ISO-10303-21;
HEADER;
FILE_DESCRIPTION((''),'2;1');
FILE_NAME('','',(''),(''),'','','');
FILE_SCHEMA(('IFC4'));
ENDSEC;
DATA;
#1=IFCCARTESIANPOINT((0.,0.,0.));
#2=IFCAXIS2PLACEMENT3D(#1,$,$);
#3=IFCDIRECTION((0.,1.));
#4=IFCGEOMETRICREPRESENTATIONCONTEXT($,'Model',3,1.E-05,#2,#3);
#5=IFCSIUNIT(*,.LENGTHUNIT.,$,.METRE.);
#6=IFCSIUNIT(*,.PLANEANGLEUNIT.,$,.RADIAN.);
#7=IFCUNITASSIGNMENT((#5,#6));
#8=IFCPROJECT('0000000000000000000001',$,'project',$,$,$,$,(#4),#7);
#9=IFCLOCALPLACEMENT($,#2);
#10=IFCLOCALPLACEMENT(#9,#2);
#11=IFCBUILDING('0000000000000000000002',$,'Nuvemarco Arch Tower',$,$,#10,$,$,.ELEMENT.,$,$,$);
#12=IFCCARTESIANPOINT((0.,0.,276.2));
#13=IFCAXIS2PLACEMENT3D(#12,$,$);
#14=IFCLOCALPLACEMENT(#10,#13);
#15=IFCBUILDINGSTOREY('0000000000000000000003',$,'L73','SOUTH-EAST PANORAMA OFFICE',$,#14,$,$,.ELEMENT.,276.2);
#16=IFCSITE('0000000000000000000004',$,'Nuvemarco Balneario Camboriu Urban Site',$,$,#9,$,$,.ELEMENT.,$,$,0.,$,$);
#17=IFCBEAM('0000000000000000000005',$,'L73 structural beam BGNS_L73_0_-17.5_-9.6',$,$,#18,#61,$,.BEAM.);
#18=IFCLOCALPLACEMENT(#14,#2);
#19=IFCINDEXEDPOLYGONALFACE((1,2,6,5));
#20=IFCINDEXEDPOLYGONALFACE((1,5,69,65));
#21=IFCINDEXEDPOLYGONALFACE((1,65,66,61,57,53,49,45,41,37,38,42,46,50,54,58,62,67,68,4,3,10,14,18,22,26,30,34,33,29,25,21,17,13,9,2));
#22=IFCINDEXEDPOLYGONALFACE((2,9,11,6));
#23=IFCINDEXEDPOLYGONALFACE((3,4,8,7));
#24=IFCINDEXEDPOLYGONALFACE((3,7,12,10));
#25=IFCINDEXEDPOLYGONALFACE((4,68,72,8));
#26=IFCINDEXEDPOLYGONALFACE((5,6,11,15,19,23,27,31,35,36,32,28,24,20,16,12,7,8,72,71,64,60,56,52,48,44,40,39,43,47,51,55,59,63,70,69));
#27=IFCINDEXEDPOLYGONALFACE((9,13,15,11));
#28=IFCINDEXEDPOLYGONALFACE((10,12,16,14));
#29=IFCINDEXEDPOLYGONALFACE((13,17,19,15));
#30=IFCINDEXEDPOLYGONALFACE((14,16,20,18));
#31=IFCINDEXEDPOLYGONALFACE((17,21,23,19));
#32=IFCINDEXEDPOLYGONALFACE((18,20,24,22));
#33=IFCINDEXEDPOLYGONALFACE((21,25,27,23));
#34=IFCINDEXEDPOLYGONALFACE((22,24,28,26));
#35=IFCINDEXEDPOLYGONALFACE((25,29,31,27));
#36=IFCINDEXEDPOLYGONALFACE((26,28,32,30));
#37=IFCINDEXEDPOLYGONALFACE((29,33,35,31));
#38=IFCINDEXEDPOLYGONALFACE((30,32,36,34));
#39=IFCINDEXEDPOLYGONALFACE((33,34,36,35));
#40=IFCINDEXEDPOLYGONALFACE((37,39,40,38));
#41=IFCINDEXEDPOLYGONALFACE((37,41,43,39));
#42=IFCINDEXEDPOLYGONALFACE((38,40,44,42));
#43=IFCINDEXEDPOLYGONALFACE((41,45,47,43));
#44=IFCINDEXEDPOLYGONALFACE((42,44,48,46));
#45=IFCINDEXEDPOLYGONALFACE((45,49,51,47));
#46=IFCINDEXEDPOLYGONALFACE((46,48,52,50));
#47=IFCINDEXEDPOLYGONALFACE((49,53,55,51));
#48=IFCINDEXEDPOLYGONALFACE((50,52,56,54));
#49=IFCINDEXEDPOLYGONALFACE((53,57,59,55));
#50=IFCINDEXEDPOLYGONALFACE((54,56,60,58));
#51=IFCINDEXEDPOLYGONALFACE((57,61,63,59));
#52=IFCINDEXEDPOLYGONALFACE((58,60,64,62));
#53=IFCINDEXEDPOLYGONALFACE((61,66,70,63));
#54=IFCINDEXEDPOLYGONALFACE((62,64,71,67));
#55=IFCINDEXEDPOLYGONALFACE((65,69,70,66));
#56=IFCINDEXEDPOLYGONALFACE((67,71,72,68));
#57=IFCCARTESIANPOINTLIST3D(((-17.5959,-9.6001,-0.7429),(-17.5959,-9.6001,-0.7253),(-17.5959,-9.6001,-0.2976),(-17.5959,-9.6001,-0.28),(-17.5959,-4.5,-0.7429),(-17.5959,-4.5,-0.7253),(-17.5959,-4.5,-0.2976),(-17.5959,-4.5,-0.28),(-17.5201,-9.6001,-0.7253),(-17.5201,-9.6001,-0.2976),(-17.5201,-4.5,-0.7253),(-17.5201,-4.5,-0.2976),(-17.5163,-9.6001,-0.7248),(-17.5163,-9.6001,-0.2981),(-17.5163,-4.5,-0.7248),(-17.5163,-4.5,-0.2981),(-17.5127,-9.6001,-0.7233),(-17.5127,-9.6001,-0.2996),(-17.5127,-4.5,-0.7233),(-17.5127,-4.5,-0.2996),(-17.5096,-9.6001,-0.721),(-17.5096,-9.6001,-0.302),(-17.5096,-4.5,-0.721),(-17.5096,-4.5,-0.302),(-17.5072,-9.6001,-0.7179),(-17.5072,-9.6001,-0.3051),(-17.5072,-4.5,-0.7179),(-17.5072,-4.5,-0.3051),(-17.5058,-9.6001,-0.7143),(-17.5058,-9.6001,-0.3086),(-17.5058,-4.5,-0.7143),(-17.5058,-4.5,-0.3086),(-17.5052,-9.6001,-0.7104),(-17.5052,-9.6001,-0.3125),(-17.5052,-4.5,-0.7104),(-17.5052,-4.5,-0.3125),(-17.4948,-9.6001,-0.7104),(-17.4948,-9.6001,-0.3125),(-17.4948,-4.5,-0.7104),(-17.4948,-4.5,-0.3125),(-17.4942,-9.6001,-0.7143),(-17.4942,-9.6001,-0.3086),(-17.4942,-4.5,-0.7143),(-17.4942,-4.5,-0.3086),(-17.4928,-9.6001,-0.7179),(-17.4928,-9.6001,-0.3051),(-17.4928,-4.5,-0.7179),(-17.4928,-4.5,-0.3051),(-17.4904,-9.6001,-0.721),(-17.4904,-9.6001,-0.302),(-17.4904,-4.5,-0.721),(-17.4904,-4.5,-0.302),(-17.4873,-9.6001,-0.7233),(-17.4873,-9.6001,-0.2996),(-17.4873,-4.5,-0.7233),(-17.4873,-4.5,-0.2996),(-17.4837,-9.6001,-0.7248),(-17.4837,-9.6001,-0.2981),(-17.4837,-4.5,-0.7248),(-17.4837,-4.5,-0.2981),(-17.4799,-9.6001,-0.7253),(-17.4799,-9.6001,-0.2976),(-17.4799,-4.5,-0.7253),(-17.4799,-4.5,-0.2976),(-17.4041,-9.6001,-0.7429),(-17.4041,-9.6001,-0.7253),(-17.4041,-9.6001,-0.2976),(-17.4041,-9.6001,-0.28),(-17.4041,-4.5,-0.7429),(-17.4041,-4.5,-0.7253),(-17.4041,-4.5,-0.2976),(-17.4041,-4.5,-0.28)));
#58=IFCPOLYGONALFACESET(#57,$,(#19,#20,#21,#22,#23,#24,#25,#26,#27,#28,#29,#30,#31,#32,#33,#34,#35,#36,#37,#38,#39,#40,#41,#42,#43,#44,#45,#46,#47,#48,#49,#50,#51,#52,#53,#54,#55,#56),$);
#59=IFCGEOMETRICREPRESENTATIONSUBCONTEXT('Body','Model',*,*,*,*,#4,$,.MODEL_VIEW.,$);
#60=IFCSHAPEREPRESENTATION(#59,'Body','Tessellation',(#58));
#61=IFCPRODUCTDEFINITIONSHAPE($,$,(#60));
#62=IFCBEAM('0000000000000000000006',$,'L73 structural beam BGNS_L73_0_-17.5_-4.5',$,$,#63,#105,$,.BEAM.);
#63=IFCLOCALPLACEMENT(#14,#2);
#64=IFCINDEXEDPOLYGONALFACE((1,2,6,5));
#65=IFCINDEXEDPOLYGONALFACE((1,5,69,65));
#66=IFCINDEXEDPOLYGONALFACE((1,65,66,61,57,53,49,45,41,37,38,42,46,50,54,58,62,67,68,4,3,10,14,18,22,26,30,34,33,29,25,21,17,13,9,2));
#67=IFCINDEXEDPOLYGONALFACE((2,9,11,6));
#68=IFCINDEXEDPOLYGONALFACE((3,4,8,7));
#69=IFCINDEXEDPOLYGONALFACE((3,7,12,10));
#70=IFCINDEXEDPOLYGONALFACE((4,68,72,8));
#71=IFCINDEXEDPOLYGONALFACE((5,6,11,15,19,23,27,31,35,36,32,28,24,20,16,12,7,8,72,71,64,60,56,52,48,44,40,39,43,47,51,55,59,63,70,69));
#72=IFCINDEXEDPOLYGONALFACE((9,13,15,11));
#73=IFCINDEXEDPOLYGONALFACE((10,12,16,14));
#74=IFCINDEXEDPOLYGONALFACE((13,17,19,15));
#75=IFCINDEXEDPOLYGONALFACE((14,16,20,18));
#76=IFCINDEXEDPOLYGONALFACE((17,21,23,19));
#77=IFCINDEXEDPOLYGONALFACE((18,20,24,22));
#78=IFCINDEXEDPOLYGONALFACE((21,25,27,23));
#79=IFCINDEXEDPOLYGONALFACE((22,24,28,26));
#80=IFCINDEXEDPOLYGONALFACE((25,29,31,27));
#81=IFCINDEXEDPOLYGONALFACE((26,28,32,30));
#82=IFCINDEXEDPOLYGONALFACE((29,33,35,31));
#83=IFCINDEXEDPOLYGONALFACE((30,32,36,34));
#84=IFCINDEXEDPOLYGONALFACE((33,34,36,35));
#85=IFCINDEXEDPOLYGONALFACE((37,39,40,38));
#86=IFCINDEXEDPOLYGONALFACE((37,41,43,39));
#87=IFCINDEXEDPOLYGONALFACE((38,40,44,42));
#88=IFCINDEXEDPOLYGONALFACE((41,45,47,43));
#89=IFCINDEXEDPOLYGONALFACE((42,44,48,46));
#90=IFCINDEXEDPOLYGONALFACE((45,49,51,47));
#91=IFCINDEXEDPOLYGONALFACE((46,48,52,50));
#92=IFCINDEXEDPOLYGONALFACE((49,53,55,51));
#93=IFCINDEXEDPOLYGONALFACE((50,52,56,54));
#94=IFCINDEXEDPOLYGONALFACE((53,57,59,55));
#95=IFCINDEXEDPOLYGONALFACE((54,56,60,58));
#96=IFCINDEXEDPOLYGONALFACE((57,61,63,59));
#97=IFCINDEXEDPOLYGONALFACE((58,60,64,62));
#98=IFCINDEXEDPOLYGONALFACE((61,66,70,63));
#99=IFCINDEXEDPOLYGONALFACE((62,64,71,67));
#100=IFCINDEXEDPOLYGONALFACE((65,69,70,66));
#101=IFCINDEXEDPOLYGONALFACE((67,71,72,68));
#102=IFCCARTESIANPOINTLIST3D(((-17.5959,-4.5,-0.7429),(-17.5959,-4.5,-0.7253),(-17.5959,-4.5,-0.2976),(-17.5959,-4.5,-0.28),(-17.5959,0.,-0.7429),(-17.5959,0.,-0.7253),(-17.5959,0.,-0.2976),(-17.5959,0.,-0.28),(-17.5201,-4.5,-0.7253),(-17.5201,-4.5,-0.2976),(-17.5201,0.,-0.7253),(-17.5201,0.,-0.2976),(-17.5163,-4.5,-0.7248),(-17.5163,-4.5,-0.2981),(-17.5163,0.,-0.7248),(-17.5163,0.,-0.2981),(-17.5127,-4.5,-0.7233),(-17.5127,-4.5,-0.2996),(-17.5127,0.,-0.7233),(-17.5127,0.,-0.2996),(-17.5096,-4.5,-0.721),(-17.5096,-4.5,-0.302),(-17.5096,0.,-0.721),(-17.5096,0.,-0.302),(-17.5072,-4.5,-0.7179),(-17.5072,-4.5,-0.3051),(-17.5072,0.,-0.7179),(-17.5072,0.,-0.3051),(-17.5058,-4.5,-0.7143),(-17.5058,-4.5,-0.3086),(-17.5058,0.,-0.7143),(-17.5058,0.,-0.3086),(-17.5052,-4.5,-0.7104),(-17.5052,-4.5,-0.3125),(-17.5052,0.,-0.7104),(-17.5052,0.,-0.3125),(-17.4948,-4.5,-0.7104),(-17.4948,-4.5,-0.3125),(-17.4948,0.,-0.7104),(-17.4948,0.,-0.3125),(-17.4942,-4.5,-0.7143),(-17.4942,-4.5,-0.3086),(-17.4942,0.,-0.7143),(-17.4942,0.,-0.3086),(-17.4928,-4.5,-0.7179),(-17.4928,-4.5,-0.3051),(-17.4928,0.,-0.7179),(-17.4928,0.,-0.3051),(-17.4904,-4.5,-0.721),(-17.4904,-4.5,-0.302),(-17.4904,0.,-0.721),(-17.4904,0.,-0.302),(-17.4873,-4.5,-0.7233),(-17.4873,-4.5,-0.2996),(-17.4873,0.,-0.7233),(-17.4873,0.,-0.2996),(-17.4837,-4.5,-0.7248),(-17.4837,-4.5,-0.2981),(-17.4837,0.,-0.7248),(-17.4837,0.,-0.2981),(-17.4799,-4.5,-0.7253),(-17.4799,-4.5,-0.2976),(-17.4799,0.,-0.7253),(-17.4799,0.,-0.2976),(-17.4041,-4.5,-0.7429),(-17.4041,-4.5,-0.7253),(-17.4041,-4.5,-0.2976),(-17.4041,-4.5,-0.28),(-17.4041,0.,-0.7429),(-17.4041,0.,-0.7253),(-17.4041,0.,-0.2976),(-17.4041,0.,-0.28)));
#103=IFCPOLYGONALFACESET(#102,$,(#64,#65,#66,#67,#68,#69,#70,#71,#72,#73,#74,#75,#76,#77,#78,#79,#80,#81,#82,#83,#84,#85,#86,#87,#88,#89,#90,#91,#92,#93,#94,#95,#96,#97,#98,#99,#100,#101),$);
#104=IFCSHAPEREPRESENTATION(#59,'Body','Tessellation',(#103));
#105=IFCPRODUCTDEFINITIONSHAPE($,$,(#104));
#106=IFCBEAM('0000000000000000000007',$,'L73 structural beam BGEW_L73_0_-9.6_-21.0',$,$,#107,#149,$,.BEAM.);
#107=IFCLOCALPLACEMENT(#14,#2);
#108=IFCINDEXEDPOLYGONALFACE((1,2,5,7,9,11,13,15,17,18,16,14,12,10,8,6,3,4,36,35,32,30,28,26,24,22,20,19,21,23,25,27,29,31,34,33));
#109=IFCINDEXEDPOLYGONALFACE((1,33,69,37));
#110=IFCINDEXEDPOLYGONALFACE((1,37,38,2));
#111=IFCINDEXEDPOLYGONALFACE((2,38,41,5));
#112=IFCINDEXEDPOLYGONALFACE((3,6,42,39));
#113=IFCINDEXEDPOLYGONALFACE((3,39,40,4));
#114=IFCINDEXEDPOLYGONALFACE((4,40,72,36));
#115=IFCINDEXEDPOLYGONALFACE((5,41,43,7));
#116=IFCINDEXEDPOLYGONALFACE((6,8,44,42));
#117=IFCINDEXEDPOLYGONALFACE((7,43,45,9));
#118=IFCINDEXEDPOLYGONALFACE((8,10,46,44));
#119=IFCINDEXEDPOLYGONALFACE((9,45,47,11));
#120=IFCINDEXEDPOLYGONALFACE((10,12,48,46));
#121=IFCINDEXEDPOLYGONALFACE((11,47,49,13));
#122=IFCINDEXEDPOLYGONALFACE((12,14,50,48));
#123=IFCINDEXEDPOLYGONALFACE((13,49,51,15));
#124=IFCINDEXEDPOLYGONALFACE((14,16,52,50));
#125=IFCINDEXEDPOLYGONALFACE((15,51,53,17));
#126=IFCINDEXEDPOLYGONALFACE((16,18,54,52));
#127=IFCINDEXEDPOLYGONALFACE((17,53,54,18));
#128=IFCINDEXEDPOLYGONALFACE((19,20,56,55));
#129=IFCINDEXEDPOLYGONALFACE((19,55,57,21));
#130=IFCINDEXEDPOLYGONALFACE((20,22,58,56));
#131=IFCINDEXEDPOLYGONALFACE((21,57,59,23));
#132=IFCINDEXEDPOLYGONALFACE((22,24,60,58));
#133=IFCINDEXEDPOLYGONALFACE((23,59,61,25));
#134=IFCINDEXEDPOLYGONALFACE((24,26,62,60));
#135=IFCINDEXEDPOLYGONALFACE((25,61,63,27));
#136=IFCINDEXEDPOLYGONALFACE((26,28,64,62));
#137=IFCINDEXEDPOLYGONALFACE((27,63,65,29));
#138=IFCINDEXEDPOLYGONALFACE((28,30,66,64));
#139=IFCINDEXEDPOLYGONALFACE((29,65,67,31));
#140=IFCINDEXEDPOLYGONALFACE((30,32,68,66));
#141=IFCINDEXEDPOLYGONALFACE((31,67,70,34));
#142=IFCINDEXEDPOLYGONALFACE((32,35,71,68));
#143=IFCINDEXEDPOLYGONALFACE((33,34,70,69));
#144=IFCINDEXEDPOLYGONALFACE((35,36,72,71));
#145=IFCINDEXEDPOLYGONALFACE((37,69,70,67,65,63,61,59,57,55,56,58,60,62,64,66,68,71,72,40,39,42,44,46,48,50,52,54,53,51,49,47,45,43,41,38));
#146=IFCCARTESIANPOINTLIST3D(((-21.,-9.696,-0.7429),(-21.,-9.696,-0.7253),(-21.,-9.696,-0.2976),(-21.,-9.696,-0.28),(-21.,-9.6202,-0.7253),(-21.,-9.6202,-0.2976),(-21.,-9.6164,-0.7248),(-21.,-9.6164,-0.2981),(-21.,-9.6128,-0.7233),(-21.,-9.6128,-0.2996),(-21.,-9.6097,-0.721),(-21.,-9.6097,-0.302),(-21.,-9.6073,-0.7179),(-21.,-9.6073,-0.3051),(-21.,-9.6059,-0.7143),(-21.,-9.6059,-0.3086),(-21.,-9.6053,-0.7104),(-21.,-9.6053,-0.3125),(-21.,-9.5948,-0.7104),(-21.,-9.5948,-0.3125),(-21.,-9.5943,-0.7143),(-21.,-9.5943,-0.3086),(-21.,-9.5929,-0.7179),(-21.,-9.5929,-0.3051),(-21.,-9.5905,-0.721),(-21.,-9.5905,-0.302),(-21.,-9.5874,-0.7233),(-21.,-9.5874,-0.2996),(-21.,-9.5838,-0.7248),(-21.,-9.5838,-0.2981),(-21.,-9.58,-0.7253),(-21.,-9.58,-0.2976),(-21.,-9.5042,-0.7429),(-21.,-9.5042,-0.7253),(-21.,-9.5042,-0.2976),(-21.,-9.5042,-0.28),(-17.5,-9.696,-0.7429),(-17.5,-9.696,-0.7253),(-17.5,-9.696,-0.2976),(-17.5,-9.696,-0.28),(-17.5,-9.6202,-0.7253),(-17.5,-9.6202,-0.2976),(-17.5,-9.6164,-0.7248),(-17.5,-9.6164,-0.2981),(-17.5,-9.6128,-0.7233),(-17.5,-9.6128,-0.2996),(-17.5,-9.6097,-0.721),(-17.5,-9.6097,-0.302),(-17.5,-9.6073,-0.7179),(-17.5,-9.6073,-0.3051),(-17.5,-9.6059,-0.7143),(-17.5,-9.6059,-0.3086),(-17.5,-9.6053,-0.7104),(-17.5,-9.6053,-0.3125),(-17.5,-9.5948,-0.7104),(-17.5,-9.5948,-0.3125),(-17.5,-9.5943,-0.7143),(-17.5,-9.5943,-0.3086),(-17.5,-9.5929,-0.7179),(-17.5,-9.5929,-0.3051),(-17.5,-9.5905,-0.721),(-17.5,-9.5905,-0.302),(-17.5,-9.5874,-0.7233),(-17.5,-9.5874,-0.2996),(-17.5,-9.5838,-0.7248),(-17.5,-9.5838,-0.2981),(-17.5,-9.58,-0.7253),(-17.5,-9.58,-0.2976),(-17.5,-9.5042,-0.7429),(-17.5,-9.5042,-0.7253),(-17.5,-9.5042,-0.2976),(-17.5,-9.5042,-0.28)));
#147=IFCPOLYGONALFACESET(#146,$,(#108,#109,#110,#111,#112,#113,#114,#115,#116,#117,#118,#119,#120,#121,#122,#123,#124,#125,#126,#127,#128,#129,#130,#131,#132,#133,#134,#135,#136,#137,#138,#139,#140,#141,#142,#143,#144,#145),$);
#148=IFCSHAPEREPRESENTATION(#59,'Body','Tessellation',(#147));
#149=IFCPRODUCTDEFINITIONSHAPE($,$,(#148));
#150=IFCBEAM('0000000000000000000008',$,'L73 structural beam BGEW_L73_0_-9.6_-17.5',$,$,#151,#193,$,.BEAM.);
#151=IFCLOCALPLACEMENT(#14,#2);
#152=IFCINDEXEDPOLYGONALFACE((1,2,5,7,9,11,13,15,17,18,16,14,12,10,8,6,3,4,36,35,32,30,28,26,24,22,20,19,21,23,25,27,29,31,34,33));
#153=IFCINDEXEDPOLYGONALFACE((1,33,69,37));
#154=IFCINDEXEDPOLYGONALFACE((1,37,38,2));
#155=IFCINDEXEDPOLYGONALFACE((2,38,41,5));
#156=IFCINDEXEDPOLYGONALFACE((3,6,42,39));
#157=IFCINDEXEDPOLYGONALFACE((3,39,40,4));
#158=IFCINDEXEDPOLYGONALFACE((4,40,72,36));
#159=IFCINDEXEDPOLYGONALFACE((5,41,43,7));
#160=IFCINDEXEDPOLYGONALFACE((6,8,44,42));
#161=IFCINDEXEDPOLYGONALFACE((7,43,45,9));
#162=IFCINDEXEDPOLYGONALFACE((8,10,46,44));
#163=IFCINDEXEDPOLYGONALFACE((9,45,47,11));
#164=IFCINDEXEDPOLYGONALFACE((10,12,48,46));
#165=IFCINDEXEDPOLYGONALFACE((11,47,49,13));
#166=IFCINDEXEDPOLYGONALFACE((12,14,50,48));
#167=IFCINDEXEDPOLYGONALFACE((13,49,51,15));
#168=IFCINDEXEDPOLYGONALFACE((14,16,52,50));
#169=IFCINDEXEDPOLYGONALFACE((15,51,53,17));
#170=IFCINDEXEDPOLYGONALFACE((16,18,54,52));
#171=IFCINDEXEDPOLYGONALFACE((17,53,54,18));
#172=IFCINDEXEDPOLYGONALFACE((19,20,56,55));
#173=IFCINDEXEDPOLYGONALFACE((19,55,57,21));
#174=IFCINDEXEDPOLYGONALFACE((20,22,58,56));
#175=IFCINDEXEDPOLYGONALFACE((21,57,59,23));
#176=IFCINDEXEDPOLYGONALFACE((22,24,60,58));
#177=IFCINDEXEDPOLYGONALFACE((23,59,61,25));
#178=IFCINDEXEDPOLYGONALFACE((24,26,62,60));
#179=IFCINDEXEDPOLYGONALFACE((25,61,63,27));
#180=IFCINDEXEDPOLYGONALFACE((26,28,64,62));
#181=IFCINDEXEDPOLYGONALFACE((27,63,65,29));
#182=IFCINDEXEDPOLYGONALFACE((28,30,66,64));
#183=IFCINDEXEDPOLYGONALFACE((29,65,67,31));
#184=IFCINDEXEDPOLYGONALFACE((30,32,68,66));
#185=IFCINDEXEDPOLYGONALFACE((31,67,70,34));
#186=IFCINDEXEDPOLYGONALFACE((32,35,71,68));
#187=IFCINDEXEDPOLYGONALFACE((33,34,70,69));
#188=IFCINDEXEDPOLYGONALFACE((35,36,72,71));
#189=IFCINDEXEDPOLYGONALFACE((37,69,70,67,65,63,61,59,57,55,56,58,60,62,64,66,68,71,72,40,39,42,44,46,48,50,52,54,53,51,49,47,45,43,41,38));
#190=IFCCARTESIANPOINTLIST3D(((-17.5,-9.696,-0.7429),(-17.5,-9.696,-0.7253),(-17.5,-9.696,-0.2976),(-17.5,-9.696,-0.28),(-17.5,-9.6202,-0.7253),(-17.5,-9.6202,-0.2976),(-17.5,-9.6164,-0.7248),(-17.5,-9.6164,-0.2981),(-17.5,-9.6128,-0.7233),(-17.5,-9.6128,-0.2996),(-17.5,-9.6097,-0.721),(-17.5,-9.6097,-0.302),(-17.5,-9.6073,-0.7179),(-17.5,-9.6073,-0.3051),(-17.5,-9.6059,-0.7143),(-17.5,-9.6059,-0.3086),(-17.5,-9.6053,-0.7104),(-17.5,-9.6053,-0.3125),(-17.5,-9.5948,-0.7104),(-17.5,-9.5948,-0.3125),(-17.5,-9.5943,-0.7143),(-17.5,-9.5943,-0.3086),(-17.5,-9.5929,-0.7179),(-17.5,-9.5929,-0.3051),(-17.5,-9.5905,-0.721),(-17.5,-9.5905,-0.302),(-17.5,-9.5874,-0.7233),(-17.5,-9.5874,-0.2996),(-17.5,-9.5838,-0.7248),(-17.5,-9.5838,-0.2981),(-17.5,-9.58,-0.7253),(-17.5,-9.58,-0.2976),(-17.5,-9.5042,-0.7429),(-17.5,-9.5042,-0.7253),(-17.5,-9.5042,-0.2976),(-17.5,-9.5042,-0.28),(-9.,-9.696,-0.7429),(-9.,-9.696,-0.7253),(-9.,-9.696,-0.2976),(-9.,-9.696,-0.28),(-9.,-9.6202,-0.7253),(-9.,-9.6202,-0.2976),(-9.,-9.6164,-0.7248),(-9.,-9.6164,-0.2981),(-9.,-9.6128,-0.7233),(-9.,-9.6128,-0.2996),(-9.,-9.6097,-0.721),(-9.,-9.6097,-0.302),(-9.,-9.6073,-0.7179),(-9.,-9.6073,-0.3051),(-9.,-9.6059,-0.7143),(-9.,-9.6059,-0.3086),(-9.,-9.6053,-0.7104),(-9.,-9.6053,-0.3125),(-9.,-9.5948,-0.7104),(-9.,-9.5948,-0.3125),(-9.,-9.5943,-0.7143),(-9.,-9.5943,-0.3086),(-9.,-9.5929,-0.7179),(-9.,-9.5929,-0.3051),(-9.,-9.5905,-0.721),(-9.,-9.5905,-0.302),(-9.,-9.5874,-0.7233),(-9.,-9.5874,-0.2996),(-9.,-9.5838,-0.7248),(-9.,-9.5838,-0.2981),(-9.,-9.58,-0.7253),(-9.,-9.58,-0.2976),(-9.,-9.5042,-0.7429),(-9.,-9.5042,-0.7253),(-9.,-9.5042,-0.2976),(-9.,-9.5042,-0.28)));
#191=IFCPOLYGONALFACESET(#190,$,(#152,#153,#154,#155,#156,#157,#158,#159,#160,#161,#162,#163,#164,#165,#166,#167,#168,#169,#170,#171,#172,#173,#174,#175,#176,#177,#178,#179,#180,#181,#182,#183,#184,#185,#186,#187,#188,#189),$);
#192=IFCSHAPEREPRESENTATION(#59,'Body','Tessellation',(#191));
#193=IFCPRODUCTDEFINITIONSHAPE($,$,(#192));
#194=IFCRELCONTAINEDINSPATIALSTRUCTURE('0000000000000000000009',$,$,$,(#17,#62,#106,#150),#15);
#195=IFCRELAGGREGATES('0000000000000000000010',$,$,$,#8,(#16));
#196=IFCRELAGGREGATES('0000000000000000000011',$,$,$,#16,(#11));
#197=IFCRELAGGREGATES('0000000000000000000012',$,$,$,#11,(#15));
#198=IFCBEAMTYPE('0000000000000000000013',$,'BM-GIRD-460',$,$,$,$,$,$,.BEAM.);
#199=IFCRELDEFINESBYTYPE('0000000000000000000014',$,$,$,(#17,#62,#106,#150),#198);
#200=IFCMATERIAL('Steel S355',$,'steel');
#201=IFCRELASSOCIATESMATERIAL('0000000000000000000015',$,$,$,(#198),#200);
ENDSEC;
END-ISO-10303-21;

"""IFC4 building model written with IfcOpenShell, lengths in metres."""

from ifc_helpers import new_model, si_unit, direction, frame, origin, origin_2d, place, context, subcontext, project, spatial, i_section, extrude, material, material_profile, profile_set, type_object, element, save


model = new_model("IFC4")

# Units and contexts
model_context = context("Model", 3, precision=1e-05, world=origin(), true_north=direction((0.0, 1.0)))
body_context = subcontext(model_context, "Body", "Model", "MODEL_VIEW")
ifc_project = project(units=[si_unit("LENGTHUNIT", "METRE"), si_unit("PLANEANGLEUNIT", "RADIAN")], contexts=[model_context])

# Site, building, storey
site_placement = place(None, origin())
site = spatial("IfcSite", under=ifc_project, at=site_placement, Name="Nuvemarco Balneario Camboriu Urban Site", CompositionType="ELEMENT", RefElevation=0.0)
building_placement = place(site_placement, origin())
building = spatial("IfcBuilding", under=site, at=building_placement, Name="Nuvemarco Arch Tower", CompositionType="ELEMENT")
storey_placement = place(building_placement, frame((0.0, 0.0, 276.2)))
storey = spatial("IfcBuildingStorey", under=building, at=storey_placement, Name="L73", Description="SOUTH-EAST PANORAMA OFFICE", CompositionType="ELEMENT", Elevation=276.2)

# Shared definitions
ifc_material_1 = material(Name="Steel S355", Category="steel")

# Beams
ifc_material_profile_1 = material_profile(ifc_material_1, i_section(OverallWidth=0.1919, OverallDepth=0.4629, WebThickness=0.0105, FlangeThickness=0.0176, FilletRadius=0.0149, at=origin_2d()), Name="W460x89")
ifc_profile_set_1 = profile_set([ifc_material_profile_1], Name="Steel S355")
beam_type_1 = type_object("IfcBeamType", Name="BM-GIRD-460", PredefinedType="BEAM", material=ifc_profile_set_1)
beam_1_placement = place(storey_placement, frame((-17.5, -9.6001, -0.5115), z_axis=(0.0, 1.0, 0.0), x_axis=(-1.0, 0.0, 0.0)))
element("IfcBeam", 1, at=beam_1_placement, inside=storey, type_object=beam_type_1, Name="L73 structural beam BGNS_L73_0_-17.5_-9.6", PredefinedType="BEAM", context=body_context, shape_type="SweptSolid", body=[
    extrude(i_section(OverallWidth=0.1919, OverallDepth=0.4629, WebThickness=0.0105, FlangeThickness=0.0176, FilletRadius=0.0149, at=origin_2d()), origin(), (0.0, 0.0, 1.0), 5.1001),
])
beam_2_placement = place(storey_placement, frame((-17.5, -4.5, -0.5115), z_axis=(0.0, 1.0, 0.0), x_axis=(-1.0, 0.0, 0.0)))
element("IfcBeam", 2, at=beam_2_placement, inside=storey, type_object=beam_type_1, Name="L73 structural beam BGNS_L73_0_-17.5_-4.5", PredefinedType="BEAM", context=body_context, shape_type="SweptSolid", body=[
    extrude(i_section(OverallWidth=0.1919, OverallDepth=0.4629, WebThickness=0.0105, FlangeThickness=0.0176, FilletRadius=0.0149, at=origin_2d()), origin(), (0.0, 0.0, 1.0), 4.5),
])
beam_3_placement = place(storey_placement, frame((-21.0, -9.6001, -0.5115), z_axis=(1.0, 0.0, 0.0), x_axis=(0.0, 1.0, 0.0)))
element("IfcBeam", 3, at=beam_3_placement, inside=storey, type_object=beam_type_1, Name="L73 structural beam BGEW_L73_0_-9.6_-21.0", PredefinedType="BEAM", context=body_context, shape_type="SweptSolid", body=[
    extrude(i_section(OverallWidth=0.1919, OverallDepth=0.4629, WebThickness=0.0105, FlangeThickness=0.0176, FilletRadius=0.0149, at=origin_2d()), origin(), (0.0, 0.0, 1.0), 3.5),
])
beam_4_placement = place(storey_placement, frame((-17.5, -9.6001, -0.5115), z_axis=(1.0, 0.0, 0.0), x_axis=(0.0, 1.0, 0.0)))
element("IfcBeam", 4, at=beam_4_placement, inside=storey, type_object=beam_type_1, Name="L73 structural beam BGEW_L73_0_-9.6_-17.5", PredefinedType="BEAM", context=body_context, shape_type="SweptSolid", body=[
    extrude(i_section(OverallWidth=0.1919, OverallDepth=0.4629, WebThickness=0.0105, FlangeThickness=0.0176, FilletRadius=0.0149, at=origin_2d()), origin(), (0.0, 0.0, 1.0), 8.5),
])

save(model, "model.ifc")
